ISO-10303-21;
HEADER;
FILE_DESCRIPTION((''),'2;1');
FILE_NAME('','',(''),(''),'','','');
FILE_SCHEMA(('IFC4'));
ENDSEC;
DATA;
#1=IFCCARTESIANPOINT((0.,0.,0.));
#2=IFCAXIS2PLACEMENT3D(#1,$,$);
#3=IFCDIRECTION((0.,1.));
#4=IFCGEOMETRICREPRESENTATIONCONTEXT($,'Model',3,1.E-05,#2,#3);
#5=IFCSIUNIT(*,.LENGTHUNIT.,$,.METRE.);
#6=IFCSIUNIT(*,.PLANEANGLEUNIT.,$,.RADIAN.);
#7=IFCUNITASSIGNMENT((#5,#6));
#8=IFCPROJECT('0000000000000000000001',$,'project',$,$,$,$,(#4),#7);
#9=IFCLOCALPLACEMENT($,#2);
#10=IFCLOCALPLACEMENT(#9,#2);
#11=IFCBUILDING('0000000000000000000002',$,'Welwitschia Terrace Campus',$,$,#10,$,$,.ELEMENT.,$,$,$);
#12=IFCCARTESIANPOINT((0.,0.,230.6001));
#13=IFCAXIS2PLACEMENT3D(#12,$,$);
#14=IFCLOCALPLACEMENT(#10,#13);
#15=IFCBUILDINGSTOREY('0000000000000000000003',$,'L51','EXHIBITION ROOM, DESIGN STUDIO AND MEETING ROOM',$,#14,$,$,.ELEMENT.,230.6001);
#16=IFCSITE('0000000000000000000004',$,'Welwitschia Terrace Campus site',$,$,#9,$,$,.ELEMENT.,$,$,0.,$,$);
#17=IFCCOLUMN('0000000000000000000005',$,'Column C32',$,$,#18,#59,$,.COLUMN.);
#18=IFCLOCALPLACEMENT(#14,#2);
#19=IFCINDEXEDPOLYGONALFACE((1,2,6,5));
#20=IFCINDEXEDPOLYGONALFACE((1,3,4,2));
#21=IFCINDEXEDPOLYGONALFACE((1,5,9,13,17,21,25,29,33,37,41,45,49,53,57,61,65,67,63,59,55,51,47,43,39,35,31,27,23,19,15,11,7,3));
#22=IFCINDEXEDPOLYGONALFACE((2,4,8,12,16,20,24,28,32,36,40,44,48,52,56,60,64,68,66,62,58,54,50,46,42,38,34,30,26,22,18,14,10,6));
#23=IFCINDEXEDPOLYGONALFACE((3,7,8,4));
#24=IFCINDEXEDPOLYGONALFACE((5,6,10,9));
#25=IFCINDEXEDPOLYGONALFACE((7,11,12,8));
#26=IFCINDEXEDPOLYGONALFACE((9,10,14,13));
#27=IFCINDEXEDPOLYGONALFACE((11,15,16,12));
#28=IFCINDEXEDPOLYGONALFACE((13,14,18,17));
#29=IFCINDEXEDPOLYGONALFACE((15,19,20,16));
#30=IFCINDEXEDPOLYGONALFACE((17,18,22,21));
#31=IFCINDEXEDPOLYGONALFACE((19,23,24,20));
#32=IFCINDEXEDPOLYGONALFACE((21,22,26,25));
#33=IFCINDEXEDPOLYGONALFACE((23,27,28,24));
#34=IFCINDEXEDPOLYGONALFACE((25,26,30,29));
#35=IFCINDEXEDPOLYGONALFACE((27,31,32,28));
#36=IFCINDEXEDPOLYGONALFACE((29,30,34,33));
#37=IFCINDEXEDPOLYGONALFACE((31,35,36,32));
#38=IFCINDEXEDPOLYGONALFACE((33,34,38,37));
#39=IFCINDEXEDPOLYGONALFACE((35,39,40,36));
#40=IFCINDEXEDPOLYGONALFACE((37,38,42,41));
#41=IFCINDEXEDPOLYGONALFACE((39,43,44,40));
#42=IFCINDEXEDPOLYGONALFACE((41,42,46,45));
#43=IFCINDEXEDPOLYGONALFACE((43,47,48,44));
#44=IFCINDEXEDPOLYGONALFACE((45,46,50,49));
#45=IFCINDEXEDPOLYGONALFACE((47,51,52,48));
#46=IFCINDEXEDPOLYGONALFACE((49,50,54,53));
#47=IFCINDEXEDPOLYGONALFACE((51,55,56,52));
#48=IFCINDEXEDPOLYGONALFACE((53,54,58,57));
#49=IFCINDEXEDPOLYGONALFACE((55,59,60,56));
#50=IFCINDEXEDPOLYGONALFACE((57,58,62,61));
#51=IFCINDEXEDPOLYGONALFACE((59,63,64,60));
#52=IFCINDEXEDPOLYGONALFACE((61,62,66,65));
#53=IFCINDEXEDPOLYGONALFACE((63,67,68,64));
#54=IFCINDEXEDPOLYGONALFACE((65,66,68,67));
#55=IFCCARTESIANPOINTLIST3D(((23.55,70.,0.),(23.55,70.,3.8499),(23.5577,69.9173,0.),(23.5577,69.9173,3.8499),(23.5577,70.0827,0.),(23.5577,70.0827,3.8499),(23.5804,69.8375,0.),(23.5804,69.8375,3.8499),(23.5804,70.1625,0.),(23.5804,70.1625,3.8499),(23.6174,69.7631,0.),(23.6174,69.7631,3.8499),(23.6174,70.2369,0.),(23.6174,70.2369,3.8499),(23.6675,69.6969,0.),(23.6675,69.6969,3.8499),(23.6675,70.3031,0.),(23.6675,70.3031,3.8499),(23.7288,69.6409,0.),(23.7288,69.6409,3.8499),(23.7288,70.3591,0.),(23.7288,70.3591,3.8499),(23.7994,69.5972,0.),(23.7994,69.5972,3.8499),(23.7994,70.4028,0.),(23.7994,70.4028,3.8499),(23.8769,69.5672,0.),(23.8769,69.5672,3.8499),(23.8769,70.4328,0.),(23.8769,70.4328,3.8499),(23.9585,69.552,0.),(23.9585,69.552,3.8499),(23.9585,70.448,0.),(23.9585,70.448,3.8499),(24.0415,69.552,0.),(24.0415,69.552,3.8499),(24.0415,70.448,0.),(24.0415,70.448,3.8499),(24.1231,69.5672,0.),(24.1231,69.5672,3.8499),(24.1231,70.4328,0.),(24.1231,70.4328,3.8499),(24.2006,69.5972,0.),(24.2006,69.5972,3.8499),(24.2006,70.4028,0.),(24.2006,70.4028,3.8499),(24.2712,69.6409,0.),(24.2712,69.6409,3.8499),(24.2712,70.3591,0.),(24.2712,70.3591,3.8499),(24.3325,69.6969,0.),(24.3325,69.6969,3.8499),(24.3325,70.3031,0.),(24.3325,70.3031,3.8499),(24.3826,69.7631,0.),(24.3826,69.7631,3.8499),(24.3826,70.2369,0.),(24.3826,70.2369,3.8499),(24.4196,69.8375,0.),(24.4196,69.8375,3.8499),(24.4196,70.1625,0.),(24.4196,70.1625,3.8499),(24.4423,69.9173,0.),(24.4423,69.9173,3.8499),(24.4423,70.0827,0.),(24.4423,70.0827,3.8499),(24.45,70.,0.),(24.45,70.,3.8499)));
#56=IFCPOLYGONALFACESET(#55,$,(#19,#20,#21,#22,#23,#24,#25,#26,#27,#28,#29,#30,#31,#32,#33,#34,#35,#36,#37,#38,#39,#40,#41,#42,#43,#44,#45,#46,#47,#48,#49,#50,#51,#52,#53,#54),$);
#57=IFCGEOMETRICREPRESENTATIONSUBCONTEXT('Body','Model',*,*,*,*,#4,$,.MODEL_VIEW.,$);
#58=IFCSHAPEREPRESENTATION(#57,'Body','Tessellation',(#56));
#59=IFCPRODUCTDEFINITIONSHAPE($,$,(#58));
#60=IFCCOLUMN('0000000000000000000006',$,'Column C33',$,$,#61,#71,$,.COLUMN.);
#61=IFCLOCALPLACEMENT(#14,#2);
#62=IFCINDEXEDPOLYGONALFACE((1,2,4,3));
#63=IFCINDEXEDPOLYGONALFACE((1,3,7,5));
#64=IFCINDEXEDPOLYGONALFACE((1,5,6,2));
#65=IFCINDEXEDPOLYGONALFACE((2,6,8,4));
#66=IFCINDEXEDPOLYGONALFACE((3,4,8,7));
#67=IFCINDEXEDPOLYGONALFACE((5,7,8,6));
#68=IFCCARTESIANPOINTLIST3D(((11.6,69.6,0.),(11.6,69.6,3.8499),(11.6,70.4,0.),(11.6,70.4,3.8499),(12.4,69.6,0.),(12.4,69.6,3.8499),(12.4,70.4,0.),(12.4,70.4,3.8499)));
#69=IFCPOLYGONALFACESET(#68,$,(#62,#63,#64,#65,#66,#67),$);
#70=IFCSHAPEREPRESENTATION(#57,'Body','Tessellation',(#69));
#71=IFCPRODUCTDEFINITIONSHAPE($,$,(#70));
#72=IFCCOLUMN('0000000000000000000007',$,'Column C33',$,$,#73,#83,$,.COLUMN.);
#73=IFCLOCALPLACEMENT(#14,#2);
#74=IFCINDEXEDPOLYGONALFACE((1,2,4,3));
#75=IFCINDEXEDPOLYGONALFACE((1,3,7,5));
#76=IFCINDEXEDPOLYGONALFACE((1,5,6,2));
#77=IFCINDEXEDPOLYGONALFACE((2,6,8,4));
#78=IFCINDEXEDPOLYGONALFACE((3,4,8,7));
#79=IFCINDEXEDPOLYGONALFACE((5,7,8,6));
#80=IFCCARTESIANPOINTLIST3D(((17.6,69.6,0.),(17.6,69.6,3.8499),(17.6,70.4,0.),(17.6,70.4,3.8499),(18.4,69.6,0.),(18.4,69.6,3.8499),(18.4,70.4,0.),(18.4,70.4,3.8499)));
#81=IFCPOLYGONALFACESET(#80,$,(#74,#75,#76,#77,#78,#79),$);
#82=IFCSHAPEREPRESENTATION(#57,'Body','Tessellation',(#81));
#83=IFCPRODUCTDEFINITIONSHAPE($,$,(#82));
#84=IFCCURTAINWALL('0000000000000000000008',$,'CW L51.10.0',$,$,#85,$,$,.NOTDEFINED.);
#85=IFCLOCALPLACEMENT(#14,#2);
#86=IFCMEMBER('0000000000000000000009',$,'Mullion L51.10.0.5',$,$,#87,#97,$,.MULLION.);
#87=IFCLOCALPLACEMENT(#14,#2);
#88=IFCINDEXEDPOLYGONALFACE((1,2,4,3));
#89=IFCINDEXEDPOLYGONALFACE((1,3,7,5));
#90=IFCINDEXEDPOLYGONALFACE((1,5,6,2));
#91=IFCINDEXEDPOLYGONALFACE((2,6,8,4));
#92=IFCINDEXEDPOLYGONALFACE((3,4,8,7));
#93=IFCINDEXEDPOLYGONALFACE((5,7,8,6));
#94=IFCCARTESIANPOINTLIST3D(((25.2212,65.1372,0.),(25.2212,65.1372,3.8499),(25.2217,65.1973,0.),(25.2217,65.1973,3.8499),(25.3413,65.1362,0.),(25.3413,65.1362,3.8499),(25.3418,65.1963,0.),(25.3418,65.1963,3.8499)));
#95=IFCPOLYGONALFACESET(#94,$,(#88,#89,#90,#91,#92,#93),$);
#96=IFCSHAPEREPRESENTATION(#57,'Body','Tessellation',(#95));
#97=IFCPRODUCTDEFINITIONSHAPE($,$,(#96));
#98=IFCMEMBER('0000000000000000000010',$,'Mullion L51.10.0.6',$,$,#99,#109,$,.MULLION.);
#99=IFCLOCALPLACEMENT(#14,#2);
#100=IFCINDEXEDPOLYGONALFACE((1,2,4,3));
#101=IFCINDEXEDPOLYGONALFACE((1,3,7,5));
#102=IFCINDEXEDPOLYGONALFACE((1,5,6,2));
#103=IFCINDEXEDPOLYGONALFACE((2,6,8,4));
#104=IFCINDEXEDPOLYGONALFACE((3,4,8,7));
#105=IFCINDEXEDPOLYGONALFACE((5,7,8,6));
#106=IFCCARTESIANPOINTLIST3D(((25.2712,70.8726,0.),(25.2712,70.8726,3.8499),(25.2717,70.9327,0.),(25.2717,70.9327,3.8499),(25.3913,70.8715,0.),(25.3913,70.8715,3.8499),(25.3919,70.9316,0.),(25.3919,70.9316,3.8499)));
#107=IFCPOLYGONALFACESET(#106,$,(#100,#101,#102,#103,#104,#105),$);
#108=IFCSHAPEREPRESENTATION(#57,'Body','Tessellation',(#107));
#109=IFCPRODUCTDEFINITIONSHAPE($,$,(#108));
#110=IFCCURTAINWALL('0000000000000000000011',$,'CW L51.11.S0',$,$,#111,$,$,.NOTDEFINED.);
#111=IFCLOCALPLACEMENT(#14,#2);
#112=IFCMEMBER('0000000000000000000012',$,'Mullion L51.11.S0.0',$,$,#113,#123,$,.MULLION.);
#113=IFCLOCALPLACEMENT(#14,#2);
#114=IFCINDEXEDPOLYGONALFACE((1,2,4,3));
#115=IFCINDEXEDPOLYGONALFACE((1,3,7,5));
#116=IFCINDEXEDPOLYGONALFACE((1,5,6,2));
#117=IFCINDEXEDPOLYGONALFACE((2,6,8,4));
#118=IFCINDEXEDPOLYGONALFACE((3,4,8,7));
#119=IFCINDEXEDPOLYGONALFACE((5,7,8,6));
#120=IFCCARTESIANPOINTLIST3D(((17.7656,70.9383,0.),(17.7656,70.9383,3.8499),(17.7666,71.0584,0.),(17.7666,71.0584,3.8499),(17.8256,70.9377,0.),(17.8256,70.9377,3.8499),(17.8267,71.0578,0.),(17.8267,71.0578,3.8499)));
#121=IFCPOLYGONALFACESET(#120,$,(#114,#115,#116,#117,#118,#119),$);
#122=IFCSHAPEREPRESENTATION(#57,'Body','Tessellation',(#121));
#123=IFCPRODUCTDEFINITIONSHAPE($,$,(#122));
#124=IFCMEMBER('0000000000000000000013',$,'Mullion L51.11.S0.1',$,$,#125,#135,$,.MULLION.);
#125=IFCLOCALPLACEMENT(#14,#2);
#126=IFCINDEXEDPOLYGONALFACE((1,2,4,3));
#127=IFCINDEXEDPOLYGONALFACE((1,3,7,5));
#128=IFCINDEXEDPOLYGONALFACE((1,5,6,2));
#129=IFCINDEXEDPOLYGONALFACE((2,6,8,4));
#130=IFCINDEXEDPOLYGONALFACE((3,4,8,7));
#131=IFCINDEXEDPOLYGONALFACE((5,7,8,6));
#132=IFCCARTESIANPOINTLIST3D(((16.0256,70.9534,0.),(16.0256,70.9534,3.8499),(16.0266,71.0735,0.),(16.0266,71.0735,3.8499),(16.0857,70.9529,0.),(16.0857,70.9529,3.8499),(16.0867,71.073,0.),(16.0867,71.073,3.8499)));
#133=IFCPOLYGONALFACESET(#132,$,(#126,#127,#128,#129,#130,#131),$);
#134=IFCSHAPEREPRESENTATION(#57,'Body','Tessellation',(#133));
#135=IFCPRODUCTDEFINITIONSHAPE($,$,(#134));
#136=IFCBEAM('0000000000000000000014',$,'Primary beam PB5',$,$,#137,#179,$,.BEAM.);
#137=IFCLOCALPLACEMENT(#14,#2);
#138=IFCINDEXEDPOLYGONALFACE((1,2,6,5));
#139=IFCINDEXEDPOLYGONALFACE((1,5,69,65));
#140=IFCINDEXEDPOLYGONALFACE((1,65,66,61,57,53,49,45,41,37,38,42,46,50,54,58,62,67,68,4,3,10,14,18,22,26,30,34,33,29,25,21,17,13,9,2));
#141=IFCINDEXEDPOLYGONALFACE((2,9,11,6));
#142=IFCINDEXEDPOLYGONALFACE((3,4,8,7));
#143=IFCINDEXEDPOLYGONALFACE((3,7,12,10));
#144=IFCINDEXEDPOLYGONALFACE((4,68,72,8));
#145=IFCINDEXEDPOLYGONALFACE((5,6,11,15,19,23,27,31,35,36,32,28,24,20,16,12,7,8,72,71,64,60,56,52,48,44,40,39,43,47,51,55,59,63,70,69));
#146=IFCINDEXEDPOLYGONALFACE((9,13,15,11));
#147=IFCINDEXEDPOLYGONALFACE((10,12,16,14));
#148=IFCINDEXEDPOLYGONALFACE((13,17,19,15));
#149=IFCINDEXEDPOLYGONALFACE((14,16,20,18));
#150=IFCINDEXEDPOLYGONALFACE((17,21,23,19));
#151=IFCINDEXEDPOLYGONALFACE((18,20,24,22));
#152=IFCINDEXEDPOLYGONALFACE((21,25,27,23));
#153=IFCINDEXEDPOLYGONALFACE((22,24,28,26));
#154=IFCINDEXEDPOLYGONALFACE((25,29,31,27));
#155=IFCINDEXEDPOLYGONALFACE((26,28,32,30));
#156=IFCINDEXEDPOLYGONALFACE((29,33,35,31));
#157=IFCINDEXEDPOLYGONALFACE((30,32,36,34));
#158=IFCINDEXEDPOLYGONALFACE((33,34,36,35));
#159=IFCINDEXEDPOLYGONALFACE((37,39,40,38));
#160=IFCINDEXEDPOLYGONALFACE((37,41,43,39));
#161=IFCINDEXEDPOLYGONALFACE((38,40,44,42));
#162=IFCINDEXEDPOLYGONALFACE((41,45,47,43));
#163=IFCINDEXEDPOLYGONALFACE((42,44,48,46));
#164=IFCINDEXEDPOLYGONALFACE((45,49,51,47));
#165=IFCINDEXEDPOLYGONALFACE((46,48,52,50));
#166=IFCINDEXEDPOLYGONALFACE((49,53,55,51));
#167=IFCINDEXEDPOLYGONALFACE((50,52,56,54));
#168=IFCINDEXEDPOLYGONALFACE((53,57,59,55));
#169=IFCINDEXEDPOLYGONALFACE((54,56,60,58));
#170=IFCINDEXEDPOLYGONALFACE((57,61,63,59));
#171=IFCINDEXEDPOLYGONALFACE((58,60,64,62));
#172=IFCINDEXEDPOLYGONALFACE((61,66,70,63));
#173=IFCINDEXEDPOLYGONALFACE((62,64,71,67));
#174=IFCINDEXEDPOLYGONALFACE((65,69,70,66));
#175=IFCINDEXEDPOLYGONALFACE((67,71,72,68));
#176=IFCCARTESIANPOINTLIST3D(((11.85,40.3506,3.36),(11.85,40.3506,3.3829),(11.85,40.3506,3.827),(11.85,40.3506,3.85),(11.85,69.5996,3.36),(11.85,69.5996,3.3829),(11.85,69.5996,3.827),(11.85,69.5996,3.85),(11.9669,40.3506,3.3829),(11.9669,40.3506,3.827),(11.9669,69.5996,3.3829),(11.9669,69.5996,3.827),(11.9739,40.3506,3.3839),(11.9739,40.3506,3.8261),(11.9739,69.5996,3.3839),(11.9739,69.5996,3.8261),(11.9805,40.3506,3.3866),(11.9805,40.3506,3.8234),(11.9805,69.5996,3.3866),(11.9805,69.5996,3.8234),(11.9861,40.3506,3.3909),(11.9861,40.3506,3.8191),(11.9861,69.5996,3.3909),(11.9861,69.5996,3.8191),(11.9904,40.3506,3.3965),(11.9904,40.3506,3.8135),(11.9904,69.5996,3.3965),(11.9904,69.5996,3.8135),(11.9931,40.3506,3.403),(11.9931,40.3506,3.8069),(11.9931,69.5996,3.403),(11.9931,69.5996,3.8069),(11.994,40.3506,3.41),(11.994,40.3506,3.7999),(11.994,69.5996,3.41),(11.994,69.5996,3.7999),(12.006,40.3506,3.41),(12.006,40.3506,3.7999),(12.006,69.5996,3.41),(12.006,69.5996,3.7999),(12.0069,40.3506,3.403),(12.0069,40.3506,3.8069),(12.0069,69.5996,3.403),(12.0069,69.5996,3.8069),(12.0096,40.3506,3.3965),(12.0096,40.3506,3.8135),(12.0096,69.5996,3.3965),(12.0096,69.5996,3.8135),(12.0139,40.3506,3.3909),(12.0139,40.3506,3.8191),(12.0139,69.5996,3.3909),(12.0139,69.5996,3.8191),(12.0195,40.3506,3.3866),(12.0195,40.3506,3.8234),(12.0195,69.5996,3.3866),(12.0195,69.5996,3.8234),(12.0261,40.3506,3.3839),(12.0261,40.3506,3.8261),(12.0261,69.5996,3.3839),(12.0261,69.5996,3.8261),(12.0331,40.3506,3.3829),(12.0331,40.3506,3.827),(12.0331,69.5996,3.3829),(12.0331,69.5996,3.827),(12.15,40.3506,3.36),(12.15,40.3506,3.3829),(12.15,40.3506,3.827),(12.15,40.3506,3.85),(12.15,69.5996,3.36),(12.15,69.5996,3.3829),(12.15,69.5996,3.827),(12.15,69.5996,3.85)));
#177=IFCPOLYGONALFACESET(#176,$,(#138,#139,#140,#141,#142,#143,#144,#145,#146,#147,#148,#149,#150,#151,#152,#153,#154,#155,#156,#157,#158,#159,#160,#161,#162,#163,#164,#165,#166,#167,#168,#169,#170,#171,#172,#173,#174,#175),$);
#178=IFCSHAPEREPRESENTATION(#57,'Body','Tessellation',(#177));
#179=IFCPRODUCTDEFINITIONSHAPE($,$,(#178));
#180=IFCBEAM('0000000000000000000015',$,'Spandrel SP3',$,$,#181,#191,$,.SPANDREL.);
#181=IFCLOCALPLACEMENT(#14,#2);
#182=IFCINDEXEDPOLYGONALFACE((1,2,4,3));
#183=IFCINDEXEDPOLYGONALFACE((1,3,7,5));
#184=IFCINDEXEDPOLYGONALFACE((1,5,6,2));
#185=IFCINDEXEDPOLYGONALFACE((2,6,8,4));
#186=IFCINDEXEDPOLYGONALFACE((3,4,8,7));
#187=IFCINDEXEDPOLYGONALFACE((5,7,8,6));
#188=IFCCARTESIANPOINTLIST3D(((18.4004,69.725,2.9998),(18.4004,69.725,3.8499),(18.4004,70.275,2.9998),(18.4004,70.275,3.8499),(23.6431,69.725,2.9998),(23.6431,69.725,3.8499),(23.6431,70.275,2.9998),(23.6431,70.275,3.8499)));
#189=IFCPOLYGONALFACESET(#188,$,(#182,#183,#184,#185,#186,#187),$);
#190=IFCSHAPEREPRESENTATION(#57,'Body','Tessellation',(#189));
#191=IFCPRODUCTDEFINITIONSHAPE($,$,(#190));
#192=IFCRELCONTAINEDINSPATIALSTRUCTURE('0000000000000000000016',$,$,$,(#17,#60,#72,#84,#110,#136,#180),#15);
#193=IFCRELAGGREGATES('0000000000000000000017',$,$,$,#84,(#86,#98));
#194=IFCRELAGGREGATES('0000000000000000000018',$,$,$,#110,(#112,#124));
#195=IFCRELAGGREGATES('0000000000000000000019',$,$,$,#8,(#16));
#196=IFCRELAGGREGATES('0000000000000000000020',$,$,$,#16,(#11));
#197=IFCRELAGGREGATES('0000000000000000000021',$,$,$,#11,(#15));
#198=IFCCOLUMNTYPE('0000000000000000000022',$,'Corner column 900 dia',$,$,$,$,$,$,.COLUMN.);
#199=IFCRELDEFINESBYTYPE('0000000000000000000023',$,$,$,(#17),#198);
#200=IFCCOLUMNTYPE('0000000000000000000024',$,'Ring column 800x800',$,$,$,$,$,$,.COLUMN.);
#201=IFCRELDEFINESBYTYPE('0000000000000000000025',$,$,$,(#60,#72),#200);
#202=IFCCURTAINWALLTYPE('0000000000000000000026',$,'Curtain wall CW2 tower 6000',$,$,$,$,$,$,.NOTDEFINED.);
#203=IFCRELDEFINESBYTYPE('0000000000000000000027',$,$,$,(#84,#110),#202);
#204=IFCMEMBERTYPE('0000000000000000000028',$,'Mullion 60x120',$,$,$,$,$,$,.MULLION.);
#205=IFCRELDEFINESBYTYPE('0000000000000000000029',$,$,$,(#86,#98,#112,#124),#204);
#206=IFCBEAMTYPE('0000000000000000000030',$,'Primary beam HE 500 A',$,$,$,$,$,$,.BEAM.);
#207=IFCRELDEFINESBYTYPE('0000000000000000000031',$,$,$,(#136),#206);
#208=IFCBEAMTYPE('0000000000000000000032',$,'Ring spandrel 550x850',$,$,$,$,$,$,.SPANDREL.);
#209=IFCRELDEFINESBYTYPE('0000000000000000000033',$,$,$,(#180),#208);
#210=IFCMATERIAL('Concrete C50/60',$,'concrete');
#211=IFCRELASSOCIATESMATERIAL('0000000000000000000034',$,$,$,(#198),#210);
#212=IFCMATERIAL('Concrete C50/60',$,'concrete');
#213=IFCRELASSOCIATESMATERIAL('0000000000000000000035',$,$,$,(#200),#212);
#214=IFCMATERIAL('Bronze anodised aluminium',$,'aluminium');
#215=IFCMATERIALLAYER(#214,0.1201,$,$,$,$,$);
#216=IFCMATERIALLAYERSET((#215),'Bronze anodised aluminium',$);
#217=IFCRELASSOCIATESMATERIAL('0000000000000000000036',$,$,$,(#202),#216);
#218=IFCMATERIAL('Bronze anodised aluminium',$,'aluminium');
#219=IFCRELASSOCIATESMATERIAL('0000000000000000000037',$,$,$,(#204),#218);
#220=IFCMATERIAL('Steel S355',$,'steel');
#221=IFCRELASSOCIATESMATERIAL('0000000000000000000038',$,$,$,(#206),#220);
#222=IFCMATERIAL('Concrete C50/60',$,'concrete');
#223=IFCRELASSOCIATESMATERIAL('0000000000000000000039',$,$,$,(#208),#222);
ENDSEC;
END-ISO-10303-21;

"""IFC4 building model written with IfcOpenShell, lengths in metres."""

from ifc_helpers import new_model, si_unit, direction, frame, origin, origin_2d, place, context, subcontext, project, spatial, rectangle, circle, i_section, extrude, material, layer, layer_set, material_profile, profile_set, type_object, element, aggregate, save


model = new_model("IFC4")

# Units and contexts
model_context = context("Model", 3, precision=1e-05, world=origin(), true_north=direction((0.0, 1.0)))
body_context = subcontext(model_context, "Body", "Model", "MODEL_VIEW")
ifc_project = project(units=[si_unit("LENGTHUNIT", "METRE"), si_unit("PLANEANGLEUNIT", "RADIAN")], contexts=[model_context])

# Site, building, storey
site_placement = place(None, origin())
site = spatial("IfcSite", under=ifc_project, at=site_placement, Name="Welwitschia Terrace Campus site", CompositionType="ELEMENT", RefElevation=0.0)
building_placement = place(site_placement, origin())
building = spatial("IfcBuilding", under=site, at=building_placement, Name="Welwitschia Terrace Campus", CompositionType="ELEMENT")
storey_placement = place(building_placement, frame((0.0, 0.0, 230.6001)))
storey = spatial("IfcBuildingStorey", under=building, at=storey_placement, Name="L51", Description="EXHIBITION ROOM, DESIGN STUDIO AND MEETING ROOM", CompositionType="ELEMENT", Elevation=230.6001)

# Columns
ifc_material_1 = material(Name="Concrete C50/60", Category="concrete")
ifc_material_profile_1 = material_profile(ifc_material_1, circle(Radius=0.45, at=origin_2d()))
ifc_profile_set_1 = profile_set([ifc_material_profile_1], Name="Concrete C50/60")
column_type_1 = type_object("IfcColumnType", Name="Corner column 900 dia", PredefinedType="COLUMN", material=ifc_profile_set_1)
column_placement = place(storey_placement, frame((24.0, 70.0, 0.0), z_axis=(0.0, 0.0, 1.0), x_axis=(1.0, 0.0, 0.0)))
element("IfcColumn", 1, at=column_placement, inside=storey, type_object=column_type_1, Name="Column C32", PredefinedType="COLUMN", context=body_context, shape_type="SweptSolid", body=[
    extrude(circle(Radius=0.45, at=origin_2d()), origin(), (0.0, 0.0, 1.0), 3.8499),
])
ifc_material_2 = material(Name="Concrete C50/60", Category="concrete")
ifc_material_profile_2 = material_profile(ifc_material_2, rectangle(XDim=0.8, YDim=0.8, at=origin_2d()))
ifc_profile_set_2 = profile_set([ifc_material_profile_2], Name="Concrete C50/60")
column_type_2 = type_object("IfcColumnType", Name="Ring column 800x800", PredefinedType="COLUMN", material=ifc_profile_set_2)
for number, where, z_axis, x_axis, name in (
    (2, (12.0, 70.0, 0.0), (0.0, 0.0, 1.0), (1.0, 0.0, 0.0), "Column C33"),
    (3, (18.0, 70.0, 0.0), (0.0, 0.0, 1.0), (1.0, 0.0, 0.0), "Column C33"),
):
    element("IfcColumn", number, at=place(storey_placement, frame(where, z_axis=z_axis, x_axis=x_axis)), inside=storey, type_object=column_type_2, Name=name, PredefinedType="COLUMN", context=body_context, shape_type="SweptSolid", body=[
        extrude(rectangle(XDim=0.8, YDim=0.8, at=origin_2d()), origin(), (0.0, 0.0, 1.0), 3.8499),
    ])

# Curtain walls, members
ifc_material_3 = material(Name="Bronze anodised aluminium", Category="aluminium")
ifc_layer_1 = layer(ifc_material_3, 0.1201)
ifc_layer_set_1 = layer_set([ifc_layer_1], Name="Bronze anodised aluminium")
curtain_wall_type = type_object("IfcCurtainWallType", Name="Curtain wall CW2 tower 6000", PredefinedType="NOTDEFINED", material=ifc_layer_set_1)
curtain_wall_1_placement = place(storey_placement, origin())
curtain_wall_1 = element("IfcCurtainWall", 4, at=curtain_wall_1_placement, inside=storey, type_object=curtain_wall_type, Name="CW L51.10.0", PredefinedType="NOTDEFINED")
ifc_material_4 = material(Name="Bronze anodised aluminium", Category="aluminium")
ifc_material_profile_3 = material_profile(ifc_material_4, rectangle(XDim=0.1201, YDim=0.0601, at=origin_2d()))
ifc_profile_set_3 = profile_set([ifc_material_profile_3], Name="Bronze anodised aluminium")
member_type_1 = type_object("IfcMemberType", Name="Mullion 60x120", PredefinedType="MULLION", material=ifc_profile_set_3)
member_1_placement = place(storey_placement, frame((25.2815, 65.1667, 0.0), z_axis=(0.0, 0.0, 1.0), x_axis=(-0.999962, 0.008727, 0.0)))
member_1 = element("IfcMember", 5, at=member_1_placement, type_object=member_type_1, Name="Mullion L51.10.0.5", PredefinedType="MULLION", context=body_context, shape_type="SweptSolid", body=[
    extrude(rectangle(XDim=0.1201, YDim=0.0601, at=origin_2d()), origin(), (0.0, 0.0, 1.0), 3.8499),
])
member_2_placement = place(storey_placement, frame((25.3315, 70.9021, 0.0), z_axis=(0.0, 0.0, 1.0), x_axis=(-0.999962, 0.008727, 0.0)))
member_2 = element("IfcMember", 6, at=member_2_placement, type_object=member_type_1, Name="Mullion L51.10.0.6", PredefinedType="MULLION", context=body_context, shape_type="SweptSolid", body=[
    extrude(rectangle(XDim=0.1201, YDim=0.0601, at=origin_2d()), origin(), (0.0, 0.0, 1.0), 3.8499),
])
curtain_wall_2_placement = place(storey_placement, origin())
curtain_wall_2 = element("IfcCurtainWall", 7, at=curtain_wall_2_placement, inside=storey, type_object=curtain_wall_type, Name="CW L51.11.S0", PredefinedType="NOTDEFINED")
member_3_placement = place(storey_placement, frame((17.7961, 70.998, 0.0), z_axis=(0.0, 0.0, 1.0), x_axis=(-0.008727, -0.999962, 0.0)))
member_3 = element("IfcMember", 8, at=member_3_placement, type_object=member_type_1, Name="Mullion L51.11.S0.0", PredefinedType="MULLION", context=body_context, shape_type="SweptSolid", body=[
    extrude(rectangle(XDim=0.1201, YDim=0.0601, at=origin_2d()), origin(), (0.0, 0.0, 1.0), 3.8499),
])
member_4_placement = place(storey_placement, frame((16.0562, 71.0132, 0.0), z_axis=(0.0, 0.0, 1.0), x_axis=(-0.008727, -0.999962, 0.0)))
member_4 = element("IfcMember", 9, at=member_4_placement, type_object=member_type_1, Name="Mullion L51.11.S0.1", PredefinedType="MULLION", context=body_context, shape_type="SweptSolid", body=[
    extrude(rectangle(XDim=0.1201, YDim=0.0601, at=origin_2d()), origin(), (0.0, 0.0, 1.0), 3.8499),
])

# Beams
ifc_material_5 = material(Name="Steel S355", Category="steel")
ifc_material_profile_4 = material_profile(ifc_material_5, i_section(OverallWidth=0.3, OverallDepth=0.49, WebThickness=0.012, FlangeThickness=0.0229, FilletRadius=0.0271, at=origin_2d()))
ifc_profile_set_4 = profile_set([ifc_material_profile_4], Name="Steel S355")
beam_type_1 = type_object("IfcBeamType", Name="Primary beam HE 500 A", PredefinedType="BEAM", material=ifc_profile_set_4)
beam_1_placement = place(storey_placement, frame((12.0, 69.5996, 3.605), z_axis=(0.0, -1.0, 0.0), x_axis=(1.0, 0.0, 0.0)))
element("IfcBeam", 10, at=beam_1_placement, inside=storey, type_object=beam_type_1, Name="Primary beam PB5", PredefinedType="BEAM", context=body_context, shape_type="SweptSolid", body=[
    extrude(i_section(OverallWidth=0.3, OverallDepth=0.49, WebThickness=0.012, FlangeThickness=0.0229, FilletRadius=0.0271, at=origin_2d()), origin(), (0.0, 0.0, 1.0), 29.249),
])
ifc_material_6 = material(Name="Concrete C50/60", Category="concrete")
ifc_material_profile_5 = material_profile(ifc_material_6, rectangle(XDim=0.55, YDim=0.8501, at=origin_2d()))
ifc_profile_set_5 = profile_set([ifc_material_profile_5], Name="Concrete C50/60")
beam_type_2 = type_object("IfcBeamType", Name="Ring spandrel 550x850", PredefinedType="SPANDREL", material=ifc_profile_set_5)
beam_2_placement = place(storey_placement, frame((23.6431, 70.0, 3.4248), z_axis=(-1.0, 0.0, 0.0), x_axis=(0.0, -1.0, 0.0)))
element("IfcBeam", 11, at=beam_2_placement, inside=storey, type_object=beam_type_2, Name="Spandrel SP3", PredefinedType="SPANDREL", context=body_context, shape_type="SweptSolid", body=[
    extrude(rectangle(XDim=0.55, YDim=0.8501, at=origin_2d()), origin(), (0.0, 0.0, 1.0), 5.2427),
])

aggregate(curtain_wall_1, [member_1, member_2])
aggregate(curtain_wall_2, [member_3, member_4])

save(model, "model.ifc")
